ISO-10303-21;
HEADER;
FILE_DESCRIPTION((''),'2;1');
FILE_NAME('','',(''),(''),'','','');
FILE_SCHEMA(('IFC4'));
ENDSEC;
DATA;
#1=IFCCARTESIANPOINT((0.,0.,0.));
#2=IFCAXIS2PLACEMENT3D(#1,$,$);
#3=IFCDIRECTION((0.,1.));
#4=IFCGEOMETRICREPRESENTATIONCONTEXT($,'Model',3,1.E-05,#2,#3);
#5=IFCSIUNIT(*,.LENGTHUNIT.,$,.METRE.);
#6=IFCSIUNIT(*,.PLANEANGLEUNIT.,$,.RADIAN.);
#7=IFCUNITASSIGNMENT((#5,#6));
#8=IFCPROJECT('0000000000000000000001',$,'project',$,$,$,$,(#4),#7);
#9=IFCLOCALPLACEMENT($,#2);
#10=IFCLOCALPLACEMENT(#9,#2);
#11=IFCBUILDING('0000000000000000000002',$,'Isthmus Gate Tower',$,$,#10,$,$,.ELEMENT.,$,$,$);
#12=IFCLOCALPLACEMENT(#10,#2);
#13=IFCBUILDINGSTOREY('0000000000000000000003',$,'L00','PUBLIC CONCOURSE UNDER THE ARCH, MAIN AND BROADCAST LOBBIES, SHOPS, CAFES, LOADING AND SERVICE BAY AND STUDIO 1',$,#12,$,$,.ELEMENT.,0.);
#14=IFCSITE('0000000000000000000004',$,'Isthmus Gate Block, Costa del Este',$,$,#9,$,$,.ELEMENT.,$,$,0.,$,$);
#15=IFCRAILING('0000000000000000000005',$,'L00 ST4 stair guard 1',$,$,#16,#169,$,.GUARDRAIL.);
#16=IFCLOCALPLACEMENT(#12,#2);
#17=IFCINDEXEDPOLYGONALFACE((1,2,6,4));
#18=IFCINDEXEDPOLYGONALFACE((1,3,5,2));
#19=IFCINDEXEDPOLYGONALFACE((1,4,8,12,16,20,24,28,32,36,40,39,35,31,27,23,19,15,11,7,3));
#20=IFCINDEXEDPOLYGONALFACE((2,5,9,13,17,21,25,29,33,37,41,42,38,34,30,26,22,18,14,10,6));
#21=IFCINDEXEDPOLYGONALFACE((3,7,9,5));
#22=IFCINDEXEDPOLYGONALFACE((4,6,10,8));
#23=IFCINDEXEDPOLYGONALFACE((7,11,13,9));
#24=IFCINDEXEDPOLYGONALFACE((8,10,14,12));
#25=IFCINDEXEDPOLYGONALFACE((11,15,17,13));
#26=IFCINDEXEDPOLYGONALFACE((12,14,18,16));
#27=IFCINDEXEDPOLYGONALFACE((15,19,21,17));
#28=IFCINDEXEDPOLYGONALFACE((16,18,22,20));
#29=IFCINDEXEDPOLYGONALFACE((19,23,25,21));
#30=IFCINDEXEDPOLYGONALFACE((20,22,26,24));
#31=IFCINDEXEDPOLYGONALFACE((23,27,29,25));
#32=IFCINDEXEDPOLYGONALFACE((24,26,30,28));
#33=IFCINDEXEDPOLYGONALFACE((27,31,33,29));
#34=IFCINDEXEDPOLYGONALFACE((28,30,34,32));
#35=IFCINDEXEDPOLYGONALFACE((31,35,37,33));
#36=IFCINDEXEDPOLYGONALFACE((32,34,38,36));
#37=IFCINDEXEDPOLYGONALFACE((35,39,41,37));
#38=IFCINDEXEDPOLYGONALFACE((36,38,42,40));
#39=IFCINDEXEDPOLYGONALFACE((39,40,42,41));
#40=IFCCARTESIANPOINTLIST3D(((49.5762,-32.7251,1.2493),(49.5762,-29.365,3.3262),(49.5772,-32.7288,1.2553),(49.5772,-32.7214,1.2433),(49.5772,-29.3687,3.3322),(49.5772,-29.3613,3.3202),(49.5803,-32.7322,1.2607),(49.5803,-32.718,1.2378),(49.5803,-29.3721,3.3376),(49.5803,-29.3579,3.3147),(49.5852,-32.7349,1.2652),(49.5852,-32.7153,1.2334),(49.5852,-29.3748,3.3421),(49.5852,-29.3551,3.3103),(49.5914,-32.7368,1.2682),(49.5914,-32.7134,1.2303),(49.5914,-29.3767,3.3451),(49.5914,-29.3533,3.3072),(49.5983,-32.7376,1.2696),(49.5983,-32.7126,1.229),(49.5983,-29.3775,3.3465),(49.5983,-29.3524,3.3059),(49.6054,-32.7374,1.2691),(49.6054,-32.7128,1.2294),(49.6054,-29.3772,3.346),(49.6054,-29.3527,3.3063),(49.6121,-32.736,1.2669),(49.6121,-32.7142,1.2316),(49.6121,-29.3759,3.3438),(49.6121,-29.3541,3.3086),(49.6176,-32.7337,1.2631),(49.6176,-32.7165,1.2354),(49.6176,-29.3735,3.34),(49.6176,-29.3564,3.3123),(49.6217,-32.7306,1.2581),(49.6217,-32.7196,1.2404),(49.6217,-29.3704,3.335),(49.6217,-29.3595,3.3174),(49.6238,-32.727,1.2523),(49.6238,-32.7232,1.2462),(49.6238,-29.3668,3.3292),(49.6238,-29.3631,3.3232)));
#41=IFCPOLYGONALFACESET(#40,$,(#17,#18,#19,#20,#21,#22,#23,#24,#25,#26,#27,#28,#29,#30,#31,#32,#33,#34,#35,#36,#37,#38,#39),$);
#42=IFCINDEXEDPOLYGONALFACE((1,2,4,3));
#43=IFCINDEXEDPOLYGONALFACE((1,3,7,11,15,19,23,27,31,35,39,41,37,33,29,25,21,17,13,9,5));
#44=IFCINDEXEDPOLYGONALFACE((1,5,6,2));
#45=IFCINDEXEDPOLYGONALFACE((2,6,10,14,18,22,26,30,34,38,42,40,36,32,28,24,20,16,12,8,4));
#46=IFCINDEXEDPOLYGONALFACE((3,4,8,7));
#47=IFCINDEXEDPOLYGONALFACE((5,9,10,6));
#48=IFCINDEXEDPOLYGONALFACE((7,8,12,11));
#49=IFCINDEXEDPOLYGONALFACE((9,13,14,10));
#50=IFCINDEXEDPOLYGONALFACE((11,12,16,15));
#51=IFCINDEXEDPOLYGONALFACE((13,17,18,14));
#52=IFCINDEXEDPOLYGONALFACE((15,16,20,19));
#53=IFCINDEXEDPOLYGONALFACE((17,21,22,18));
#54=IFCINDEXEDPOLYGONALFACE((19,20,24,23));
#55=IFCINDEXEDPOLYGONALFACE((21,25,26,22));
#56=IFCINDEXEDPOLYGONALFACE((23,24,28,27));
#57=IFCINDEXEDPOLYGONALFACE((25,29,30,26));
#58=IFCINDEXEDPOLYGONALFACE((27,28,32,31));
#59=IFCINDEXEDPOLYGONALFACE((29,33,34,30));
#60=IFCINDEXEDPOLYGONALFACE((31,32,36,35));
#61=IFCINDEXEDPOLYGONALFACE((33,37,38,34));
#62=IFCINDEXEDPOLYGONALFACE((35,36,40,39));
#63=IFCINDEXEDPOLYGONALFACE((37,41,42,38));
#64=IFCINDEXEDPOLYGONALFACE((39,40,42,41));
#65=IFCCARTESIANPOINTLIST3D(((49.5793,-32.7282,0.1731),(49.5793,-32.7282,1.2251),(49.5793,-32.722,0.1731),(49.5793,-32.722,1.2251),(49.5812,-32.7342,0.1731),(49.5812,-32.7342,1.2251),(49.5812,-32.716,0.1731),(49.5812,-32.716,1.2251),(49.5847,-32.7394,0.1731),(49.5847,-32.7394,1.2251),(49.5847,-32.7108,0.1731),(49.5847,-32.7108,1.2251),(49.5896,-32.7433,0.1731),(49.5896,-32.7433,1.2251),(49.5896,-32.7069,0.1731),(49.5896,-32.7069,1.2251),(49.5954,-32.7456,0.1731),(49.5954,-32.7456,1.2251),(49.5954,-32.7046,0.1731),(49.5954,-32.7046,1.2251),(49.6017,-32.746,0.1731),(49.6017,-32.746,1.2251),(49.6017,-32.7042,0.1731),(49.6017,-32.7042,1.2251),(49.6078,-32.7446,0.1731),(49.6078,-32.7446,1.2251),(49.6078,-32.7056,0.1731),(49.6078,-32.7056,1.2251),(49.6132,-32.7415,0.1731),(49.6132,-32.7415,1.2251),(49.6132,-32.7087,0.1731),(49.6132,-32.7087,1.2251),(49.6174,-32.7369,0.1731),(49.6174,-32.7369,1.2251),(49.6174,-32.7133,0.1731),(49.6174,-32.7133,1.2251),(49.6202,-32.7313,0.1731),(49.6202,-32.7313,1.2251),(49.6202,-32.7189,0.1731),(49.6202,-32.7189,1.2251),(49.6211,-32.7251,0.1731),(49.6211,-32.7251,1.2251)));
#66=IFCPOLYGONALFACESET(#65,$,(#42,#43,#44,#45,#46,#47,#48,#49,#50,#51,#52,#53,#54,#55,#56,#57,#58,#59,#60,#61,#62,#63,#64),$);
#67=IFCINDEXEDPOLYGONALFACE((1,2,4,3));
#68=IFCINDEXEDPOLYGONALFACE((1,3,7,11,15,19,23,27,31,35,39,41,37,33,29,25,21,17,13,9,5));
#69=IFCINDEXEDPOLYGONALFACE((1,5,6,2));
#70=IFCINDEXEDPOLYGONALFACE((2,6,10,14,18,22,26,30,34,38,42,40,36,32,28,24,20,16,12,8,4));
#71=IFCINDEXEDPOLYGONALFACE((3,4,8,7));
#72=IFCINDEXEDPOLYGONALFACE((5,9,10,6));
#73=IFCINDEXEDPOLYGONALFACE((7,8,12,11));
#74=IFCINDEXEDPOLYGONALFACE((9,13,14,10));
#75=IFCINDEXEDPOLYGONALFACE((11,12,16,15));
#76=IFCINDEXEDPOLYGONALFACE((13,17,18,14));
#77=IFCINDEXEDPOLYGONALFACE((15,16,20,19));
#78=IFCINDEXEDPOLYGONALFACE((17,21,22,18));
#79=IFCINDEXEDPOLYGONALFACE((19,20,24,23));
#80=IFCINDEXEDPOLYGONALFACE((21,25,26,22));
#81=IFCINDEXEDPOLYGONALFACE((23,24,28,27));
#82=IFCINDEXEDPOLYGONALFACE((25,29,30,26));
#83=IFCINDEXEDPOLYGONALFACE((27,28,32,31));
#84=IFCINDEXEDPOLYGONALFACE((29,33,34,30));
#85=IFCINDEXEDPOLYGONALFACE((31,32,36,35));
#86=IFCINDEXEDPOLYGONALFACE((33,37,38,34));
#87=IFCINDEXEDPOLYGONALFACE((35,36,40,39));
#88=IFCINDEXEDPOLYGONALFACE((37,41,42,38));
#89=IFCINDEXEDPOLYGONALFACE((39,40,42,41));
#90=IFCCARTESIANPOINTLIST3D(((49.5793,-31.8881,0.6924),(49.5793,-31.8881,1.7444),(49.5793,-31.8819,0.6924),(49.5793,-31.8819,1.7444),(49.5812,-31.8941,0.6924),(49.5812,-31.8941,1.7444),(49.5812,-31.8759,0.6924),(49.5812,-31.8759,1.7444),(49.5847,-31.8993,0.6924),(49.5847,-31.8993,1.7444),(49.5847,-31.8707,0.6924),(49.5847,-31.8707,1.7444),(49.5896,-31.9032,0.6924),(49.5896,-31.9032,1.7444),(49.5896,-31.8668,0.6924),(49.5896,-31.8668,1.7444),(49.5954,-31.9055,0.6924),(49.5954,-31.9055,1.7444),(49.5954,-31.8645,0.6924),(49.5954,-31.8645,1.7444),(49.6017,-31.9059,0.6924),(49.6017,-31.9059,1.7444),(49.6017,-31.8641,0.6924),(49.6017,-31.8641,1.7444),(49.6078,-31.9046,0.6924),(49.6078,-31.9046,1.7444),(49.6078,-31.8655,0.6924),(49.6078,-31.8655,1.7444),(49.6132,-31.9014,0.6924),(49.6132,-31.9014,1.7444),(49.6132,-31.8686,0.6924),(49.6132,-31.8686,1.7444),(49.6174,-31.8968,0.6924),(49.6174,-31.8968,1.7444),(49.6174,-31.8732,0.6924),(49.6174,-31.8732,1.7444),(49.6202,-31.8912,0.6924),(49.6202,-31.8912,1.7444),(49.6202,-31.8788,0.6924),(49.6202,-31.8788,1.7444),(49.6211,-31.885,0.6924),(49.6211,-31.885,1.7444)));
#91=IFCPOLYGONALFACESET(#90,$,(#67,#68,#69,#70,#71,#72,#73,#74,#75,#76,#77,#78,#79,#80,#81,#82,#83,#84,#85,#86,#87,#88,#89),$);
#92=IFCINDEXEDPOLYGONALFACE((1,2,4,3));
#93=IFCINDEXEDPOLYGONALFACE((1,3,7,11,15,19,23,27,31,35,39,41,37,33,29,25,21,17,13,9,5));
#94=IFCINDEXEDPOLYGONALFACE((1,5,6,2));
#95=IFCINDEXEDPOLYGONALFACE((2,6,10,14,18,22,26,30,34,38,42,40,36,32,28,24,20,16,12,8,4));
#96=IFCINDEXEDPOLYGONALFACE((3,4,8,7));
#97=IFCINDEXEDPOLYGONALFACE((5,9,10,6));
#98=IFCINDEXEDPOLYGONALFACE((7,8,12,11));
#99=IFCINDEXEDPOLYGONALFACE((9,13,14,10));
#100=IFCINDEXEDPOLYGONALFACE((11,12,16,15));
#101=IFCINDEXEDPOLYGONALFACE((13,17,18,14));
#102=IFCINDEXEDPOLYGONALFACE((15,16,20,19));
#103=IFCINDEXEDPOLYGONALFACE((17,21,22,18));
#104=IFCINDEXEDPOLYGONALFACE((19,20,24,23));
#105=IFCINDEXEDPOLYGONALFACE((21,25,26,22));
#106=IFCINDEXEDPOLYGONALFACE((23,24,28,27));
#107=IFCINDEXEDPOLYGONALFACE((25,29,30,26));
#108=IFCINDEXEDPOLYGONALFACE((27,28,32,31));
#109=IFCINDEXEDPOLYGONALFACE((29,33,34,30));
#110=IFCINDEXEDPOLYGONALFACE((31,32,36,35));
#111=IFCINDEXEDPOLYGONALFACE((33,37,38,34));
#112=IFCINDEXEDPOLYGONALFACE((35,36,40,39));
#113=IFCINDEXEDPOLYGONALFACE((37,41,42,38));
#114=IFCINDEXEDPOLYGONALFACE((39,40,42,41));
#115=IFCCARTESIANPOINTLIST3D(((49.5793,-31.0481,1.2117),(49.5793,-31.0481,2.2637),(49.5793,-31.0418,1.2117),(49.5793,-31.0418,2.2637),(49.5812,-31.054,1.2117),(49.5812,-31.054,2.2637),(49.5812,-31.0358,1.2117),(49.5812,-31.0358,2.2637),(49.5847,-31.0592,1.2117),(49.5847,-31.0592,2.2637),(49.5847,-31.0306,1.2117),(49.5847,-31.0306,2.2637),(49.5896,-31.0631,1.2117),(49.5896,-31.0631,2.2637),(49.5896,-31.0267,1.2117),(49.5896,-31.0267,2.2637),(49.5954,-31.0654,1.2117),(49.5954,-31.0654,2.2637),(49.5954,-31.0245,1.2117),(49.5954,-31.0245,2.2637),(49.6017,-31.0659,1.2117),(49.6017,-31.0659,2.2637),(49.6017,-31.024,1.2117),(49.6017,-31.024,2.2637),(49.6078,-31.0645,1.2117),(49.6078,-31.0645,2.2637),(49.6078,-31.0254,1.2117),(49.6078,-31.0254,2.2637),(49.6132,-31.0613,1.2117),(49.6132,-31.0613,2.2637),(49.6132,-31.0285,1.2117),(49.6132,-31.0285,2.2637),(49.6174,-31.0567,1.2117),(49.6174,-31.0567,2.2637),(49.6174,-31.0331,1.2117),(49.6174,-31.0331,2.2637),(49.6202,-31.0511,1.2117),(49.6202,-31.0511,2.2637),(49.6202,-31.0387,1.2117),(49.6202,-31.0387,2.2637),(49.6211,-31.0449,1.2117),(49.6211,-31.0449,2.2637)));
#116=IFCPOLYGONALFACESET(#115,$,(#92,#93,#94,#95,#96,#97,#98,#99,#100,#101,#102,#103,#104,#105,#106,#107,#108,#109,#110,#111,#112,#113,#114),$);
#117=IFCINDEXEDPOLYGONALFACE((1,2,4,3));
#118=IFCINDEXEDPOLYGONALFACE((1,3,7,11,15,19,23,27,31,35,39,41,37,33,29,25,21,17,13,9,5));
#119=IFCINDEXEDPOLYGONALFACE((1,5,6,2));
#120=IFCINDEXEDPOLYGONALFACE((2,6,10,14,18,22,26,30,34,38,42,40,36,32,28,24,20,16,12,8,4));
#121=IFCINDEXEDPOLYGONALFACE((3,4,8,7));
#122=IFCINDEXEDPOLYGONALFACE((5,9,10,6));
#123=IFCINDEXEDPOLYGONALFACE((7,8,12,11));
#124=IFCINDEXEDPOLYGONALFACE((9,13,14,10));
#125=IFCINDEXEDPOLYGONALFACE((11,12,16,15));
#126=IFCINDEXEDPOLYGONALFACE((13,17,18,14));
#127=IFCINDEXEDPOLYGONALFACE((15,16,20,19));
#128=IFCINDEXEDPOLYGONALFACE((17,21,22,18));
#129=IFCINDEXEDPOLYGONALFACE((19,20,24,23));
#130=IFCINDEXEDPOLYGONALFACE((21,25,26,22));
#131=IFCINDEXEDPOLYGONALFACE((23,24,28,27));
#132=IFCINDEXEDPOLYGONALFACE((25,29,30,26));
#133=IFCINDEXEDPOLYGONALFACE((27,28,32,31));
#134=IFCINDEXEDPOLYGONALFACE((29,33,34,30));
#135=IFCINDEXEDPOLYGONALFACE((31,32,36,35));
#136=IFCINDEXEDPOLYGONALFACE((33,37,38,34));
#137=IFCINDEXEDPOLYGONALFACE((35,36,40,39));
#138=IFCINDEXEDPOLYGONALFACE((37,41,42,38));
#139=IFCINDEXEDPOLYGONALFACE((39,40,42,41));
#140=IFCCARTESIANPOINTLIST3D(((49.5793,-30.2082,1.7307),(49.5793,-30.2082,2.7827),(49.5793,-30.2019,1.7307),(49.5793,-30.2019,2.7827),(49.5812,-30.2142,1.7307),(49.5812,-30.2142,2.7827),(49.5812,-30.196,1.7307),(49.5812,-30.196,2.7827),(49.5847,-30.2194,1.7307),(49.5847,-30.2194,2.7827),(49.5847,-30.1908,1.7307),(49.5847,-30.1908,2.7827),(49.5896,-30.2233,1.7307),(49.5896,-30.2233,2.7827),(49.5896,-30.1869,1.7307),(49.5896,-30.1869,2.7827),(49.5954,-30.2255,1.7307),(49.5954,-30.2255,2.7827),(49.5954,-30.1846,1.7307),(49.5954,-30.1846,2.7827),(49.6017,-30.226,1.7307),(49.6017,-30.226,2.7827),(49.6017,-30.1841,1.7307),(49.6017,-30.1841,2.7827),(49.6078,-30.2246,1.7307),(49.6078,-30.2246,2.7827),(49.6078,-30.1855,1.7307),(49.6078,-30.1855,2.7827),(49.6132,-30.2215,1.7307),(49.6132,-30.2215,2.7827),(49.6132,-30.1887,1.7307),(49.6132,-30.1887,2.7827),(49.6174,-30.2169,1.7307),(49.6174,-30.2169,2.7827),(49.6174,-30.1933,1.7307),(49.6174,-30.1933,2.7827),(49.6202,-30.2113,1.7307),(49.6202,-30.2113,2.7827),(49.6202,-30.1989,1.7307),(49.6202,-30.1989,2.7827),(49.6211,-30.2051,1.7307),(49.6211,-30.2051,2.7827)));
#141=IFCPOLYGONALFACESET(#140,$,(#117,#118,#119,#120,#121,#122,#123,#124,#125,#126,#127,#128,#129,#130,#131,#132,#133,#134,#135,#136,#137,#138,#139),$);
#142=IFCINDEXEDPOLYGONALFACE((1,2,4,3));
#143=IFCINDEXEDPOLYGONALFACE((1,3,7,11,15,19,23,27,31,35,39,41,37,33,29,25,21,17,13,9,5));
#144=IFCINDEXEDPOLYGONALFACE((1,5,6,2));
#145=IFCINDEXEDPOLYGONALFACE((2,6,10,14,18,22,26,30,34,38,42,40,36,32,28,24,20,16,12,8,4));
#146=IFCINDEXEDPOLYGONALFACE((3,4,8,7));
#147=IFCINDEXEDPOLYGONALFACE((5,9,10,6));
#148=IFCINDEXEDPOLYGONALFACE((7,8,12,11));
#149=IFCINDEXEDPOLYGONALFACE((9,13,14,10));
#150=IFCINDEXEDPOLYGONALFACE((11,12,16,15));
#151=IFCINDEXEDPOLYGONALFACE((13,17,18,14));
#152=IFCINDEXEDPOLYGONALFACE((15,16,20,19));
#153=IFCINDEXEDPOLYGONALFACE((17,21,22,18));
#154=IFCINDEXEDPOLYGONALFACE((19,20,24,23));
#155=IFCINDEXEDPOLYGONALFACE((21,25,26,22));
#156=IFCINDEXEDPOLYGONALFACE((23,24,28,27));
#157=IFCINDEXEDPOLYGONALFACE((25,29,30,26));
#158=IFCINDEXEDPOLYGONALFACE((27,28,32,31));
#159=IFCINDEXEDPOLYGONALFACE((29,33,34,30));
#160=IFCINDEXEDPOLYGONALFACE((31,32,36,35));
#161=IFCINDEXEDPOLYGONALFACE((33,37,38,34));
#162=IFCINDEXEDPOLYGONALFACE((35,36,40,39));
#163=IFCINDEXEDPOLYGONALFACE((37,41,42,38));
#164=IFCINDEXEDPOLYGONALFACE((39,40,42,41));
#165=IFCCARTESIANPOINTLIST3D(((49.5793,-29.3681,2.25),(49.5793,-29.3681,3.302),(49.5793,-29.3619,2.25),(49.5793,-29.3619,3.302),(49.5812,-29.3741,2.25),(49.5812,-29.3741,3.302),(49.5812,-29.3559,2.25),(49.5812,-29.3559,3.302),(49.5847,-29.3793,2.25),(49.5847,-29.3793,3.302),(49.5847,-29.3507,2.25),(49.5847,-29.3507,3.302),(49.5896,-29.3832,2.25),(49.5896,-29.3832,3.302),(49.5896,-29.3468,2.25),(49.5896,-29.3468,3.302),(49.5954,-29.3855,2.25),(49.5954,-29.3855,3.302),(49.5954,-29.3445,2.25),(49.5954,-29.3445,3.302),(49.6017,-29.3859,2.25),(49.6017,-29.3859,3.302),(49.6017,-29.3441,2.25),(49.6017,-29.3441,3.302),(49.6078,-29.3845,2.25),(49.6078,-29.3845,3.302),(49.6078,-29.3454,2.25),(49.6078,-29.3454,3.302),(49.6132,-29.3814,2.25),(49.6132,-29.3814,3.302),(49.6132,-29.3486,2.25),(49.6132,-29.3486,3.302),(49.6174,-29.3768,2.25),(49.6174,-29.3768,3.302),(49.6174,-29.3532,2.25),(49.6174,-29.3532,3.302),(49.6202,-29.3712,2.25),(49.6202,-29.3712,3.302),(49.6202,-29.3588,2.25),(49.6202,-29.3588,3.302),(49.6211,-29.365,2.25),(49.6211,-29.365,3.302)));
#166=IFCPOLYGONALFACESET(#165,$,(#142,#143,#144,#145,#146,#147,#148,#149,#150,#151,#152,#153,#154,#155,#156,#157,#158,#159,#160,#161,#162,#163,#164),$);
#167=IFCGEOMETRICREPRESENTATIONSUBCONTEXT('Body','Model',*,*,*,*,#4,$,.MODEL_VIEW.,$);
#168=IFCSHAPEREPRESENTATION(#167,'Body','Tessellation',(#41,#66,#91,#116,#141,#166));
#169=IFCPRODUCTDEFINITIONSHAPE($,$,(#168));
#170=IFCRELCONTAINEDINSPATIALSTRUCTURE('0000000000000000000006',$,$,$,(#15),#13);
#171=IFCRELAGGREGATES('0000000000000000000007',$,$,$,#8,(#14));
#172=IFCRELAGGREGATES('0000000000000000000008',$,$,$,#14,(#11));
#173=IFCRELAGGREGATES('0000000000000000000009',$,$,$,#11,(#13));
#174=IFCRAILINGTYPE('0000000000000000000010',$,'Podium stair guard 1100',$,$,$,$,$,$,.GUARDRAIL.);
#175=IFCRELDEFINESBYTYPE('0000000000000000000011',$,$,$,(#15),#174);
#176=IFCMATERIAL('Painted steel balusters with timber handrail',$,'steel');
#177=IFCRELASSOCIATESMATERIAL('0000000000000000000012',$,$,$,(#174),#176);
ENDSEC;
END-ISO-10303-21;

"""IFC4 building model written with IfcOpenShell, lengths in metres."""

from ifc_helpers import new_model, si_unit, direction, frame, origin, origin_2d, place, context, subcontext, project, spatial, circle, extrude, material, type_object, element, save


model = new_model("IFC4")

# Units and contexts
model_context = context("Model", 3, precision=1e-05, world=origin(), true_north=direction((0.0, 1.0)))
body_context = subcontext(model_context, "Body", "Model", "MODEL_VIEW")
ifc_project = project(units=[si_unit("LENGTHUNIT", "METRE"), si_unit("PLANEANGLEUNIT", "RADIAN")], contexts=[model_context])

# Site, building, storey
site_placement = place(None, origin())
site = spatial("IfcSite", under=ifc_project, at=site_placement, Name="Isthmus Gate Block, Costa del Este", CompositionType="ELEMENT", RefElevation=0.0)
building_placement = place(site_placement, origin())
building = spatial("IfcBuilding", under=site, at=building_placement, Name="Isthmus Gate Tower", CompositionType="ELEMENT")
storey_placement = place(building_placement, origin())
storey = spatial("IfcBuildingStorey", under=building, at=storey_placement, Name="L00", Description="PUBLIC CONCOURSE UNDER THE ARCH, MAIN AND BROADCAST LOBBIES, SHOPS, CAFES, LOADING AND SERVICE BAY AND STUDIO 1", CompositionType="ELEMENT", Elevation=0.0)

# Railing
ifc_material_1 = material(Name="Painted steel balusters with timber handrail", Category="steel")
railing_type_1 = type_object("IfcRailingType", Name="Podium stair guard 1100", PredefinedType="GUARDRAIL", material=ifc_material_1)
railing_1_placement = place(storey_placement, frame((49.6001, -32.7251, 0.1731)))
element("IfcRailing", 1, at=railing_1_placement, inside=storey, type_object=railing_type_1, Name="L00 ST4 stair guard 1", PredefinedType="GUARDRAIL", context=body_context, shape_type="SweptSolid", body=[
    extrude(circle(Radius=0.0239, at=origin_2d()), frame((0.0, 0.0, 1.0762), z_axis=(0.0, 0.850623, 0.525776), x_axis=(-1.0, 0.0, 0.0)), (0.0, 0.0, 1.0), 3.9502),
    extrude(circle(Radius=0.021, at=origin_2d()), origin(), (0.0, 0.0, 1.0), 1.052),
    extrude(circle(Radius=0.021, at=origin_2d()), frame((0.0, 0.8401, 0.5193)), (0.0, 0.0, 1.0), 1.052),
    extrude(circle(Radius=0.021, at=origin_2d()), frame((0.0, 1.6802, 1.0386)), (0.0, 0.0, 1.0), 1.052),
    extrude(circle(Radius=0.021, at=origin_2d()), frame((0.0, 2.52, 1.5576)), (0.0, 0.0, 1.0), 1.052),
    extrude(circle(Radius=0.021, at=origin_2d()), frame((0.0, 3.3601, 2.0769)), (0.0, 0.0, 1.0), 1.052),
])

save(model, "model.ifc")
